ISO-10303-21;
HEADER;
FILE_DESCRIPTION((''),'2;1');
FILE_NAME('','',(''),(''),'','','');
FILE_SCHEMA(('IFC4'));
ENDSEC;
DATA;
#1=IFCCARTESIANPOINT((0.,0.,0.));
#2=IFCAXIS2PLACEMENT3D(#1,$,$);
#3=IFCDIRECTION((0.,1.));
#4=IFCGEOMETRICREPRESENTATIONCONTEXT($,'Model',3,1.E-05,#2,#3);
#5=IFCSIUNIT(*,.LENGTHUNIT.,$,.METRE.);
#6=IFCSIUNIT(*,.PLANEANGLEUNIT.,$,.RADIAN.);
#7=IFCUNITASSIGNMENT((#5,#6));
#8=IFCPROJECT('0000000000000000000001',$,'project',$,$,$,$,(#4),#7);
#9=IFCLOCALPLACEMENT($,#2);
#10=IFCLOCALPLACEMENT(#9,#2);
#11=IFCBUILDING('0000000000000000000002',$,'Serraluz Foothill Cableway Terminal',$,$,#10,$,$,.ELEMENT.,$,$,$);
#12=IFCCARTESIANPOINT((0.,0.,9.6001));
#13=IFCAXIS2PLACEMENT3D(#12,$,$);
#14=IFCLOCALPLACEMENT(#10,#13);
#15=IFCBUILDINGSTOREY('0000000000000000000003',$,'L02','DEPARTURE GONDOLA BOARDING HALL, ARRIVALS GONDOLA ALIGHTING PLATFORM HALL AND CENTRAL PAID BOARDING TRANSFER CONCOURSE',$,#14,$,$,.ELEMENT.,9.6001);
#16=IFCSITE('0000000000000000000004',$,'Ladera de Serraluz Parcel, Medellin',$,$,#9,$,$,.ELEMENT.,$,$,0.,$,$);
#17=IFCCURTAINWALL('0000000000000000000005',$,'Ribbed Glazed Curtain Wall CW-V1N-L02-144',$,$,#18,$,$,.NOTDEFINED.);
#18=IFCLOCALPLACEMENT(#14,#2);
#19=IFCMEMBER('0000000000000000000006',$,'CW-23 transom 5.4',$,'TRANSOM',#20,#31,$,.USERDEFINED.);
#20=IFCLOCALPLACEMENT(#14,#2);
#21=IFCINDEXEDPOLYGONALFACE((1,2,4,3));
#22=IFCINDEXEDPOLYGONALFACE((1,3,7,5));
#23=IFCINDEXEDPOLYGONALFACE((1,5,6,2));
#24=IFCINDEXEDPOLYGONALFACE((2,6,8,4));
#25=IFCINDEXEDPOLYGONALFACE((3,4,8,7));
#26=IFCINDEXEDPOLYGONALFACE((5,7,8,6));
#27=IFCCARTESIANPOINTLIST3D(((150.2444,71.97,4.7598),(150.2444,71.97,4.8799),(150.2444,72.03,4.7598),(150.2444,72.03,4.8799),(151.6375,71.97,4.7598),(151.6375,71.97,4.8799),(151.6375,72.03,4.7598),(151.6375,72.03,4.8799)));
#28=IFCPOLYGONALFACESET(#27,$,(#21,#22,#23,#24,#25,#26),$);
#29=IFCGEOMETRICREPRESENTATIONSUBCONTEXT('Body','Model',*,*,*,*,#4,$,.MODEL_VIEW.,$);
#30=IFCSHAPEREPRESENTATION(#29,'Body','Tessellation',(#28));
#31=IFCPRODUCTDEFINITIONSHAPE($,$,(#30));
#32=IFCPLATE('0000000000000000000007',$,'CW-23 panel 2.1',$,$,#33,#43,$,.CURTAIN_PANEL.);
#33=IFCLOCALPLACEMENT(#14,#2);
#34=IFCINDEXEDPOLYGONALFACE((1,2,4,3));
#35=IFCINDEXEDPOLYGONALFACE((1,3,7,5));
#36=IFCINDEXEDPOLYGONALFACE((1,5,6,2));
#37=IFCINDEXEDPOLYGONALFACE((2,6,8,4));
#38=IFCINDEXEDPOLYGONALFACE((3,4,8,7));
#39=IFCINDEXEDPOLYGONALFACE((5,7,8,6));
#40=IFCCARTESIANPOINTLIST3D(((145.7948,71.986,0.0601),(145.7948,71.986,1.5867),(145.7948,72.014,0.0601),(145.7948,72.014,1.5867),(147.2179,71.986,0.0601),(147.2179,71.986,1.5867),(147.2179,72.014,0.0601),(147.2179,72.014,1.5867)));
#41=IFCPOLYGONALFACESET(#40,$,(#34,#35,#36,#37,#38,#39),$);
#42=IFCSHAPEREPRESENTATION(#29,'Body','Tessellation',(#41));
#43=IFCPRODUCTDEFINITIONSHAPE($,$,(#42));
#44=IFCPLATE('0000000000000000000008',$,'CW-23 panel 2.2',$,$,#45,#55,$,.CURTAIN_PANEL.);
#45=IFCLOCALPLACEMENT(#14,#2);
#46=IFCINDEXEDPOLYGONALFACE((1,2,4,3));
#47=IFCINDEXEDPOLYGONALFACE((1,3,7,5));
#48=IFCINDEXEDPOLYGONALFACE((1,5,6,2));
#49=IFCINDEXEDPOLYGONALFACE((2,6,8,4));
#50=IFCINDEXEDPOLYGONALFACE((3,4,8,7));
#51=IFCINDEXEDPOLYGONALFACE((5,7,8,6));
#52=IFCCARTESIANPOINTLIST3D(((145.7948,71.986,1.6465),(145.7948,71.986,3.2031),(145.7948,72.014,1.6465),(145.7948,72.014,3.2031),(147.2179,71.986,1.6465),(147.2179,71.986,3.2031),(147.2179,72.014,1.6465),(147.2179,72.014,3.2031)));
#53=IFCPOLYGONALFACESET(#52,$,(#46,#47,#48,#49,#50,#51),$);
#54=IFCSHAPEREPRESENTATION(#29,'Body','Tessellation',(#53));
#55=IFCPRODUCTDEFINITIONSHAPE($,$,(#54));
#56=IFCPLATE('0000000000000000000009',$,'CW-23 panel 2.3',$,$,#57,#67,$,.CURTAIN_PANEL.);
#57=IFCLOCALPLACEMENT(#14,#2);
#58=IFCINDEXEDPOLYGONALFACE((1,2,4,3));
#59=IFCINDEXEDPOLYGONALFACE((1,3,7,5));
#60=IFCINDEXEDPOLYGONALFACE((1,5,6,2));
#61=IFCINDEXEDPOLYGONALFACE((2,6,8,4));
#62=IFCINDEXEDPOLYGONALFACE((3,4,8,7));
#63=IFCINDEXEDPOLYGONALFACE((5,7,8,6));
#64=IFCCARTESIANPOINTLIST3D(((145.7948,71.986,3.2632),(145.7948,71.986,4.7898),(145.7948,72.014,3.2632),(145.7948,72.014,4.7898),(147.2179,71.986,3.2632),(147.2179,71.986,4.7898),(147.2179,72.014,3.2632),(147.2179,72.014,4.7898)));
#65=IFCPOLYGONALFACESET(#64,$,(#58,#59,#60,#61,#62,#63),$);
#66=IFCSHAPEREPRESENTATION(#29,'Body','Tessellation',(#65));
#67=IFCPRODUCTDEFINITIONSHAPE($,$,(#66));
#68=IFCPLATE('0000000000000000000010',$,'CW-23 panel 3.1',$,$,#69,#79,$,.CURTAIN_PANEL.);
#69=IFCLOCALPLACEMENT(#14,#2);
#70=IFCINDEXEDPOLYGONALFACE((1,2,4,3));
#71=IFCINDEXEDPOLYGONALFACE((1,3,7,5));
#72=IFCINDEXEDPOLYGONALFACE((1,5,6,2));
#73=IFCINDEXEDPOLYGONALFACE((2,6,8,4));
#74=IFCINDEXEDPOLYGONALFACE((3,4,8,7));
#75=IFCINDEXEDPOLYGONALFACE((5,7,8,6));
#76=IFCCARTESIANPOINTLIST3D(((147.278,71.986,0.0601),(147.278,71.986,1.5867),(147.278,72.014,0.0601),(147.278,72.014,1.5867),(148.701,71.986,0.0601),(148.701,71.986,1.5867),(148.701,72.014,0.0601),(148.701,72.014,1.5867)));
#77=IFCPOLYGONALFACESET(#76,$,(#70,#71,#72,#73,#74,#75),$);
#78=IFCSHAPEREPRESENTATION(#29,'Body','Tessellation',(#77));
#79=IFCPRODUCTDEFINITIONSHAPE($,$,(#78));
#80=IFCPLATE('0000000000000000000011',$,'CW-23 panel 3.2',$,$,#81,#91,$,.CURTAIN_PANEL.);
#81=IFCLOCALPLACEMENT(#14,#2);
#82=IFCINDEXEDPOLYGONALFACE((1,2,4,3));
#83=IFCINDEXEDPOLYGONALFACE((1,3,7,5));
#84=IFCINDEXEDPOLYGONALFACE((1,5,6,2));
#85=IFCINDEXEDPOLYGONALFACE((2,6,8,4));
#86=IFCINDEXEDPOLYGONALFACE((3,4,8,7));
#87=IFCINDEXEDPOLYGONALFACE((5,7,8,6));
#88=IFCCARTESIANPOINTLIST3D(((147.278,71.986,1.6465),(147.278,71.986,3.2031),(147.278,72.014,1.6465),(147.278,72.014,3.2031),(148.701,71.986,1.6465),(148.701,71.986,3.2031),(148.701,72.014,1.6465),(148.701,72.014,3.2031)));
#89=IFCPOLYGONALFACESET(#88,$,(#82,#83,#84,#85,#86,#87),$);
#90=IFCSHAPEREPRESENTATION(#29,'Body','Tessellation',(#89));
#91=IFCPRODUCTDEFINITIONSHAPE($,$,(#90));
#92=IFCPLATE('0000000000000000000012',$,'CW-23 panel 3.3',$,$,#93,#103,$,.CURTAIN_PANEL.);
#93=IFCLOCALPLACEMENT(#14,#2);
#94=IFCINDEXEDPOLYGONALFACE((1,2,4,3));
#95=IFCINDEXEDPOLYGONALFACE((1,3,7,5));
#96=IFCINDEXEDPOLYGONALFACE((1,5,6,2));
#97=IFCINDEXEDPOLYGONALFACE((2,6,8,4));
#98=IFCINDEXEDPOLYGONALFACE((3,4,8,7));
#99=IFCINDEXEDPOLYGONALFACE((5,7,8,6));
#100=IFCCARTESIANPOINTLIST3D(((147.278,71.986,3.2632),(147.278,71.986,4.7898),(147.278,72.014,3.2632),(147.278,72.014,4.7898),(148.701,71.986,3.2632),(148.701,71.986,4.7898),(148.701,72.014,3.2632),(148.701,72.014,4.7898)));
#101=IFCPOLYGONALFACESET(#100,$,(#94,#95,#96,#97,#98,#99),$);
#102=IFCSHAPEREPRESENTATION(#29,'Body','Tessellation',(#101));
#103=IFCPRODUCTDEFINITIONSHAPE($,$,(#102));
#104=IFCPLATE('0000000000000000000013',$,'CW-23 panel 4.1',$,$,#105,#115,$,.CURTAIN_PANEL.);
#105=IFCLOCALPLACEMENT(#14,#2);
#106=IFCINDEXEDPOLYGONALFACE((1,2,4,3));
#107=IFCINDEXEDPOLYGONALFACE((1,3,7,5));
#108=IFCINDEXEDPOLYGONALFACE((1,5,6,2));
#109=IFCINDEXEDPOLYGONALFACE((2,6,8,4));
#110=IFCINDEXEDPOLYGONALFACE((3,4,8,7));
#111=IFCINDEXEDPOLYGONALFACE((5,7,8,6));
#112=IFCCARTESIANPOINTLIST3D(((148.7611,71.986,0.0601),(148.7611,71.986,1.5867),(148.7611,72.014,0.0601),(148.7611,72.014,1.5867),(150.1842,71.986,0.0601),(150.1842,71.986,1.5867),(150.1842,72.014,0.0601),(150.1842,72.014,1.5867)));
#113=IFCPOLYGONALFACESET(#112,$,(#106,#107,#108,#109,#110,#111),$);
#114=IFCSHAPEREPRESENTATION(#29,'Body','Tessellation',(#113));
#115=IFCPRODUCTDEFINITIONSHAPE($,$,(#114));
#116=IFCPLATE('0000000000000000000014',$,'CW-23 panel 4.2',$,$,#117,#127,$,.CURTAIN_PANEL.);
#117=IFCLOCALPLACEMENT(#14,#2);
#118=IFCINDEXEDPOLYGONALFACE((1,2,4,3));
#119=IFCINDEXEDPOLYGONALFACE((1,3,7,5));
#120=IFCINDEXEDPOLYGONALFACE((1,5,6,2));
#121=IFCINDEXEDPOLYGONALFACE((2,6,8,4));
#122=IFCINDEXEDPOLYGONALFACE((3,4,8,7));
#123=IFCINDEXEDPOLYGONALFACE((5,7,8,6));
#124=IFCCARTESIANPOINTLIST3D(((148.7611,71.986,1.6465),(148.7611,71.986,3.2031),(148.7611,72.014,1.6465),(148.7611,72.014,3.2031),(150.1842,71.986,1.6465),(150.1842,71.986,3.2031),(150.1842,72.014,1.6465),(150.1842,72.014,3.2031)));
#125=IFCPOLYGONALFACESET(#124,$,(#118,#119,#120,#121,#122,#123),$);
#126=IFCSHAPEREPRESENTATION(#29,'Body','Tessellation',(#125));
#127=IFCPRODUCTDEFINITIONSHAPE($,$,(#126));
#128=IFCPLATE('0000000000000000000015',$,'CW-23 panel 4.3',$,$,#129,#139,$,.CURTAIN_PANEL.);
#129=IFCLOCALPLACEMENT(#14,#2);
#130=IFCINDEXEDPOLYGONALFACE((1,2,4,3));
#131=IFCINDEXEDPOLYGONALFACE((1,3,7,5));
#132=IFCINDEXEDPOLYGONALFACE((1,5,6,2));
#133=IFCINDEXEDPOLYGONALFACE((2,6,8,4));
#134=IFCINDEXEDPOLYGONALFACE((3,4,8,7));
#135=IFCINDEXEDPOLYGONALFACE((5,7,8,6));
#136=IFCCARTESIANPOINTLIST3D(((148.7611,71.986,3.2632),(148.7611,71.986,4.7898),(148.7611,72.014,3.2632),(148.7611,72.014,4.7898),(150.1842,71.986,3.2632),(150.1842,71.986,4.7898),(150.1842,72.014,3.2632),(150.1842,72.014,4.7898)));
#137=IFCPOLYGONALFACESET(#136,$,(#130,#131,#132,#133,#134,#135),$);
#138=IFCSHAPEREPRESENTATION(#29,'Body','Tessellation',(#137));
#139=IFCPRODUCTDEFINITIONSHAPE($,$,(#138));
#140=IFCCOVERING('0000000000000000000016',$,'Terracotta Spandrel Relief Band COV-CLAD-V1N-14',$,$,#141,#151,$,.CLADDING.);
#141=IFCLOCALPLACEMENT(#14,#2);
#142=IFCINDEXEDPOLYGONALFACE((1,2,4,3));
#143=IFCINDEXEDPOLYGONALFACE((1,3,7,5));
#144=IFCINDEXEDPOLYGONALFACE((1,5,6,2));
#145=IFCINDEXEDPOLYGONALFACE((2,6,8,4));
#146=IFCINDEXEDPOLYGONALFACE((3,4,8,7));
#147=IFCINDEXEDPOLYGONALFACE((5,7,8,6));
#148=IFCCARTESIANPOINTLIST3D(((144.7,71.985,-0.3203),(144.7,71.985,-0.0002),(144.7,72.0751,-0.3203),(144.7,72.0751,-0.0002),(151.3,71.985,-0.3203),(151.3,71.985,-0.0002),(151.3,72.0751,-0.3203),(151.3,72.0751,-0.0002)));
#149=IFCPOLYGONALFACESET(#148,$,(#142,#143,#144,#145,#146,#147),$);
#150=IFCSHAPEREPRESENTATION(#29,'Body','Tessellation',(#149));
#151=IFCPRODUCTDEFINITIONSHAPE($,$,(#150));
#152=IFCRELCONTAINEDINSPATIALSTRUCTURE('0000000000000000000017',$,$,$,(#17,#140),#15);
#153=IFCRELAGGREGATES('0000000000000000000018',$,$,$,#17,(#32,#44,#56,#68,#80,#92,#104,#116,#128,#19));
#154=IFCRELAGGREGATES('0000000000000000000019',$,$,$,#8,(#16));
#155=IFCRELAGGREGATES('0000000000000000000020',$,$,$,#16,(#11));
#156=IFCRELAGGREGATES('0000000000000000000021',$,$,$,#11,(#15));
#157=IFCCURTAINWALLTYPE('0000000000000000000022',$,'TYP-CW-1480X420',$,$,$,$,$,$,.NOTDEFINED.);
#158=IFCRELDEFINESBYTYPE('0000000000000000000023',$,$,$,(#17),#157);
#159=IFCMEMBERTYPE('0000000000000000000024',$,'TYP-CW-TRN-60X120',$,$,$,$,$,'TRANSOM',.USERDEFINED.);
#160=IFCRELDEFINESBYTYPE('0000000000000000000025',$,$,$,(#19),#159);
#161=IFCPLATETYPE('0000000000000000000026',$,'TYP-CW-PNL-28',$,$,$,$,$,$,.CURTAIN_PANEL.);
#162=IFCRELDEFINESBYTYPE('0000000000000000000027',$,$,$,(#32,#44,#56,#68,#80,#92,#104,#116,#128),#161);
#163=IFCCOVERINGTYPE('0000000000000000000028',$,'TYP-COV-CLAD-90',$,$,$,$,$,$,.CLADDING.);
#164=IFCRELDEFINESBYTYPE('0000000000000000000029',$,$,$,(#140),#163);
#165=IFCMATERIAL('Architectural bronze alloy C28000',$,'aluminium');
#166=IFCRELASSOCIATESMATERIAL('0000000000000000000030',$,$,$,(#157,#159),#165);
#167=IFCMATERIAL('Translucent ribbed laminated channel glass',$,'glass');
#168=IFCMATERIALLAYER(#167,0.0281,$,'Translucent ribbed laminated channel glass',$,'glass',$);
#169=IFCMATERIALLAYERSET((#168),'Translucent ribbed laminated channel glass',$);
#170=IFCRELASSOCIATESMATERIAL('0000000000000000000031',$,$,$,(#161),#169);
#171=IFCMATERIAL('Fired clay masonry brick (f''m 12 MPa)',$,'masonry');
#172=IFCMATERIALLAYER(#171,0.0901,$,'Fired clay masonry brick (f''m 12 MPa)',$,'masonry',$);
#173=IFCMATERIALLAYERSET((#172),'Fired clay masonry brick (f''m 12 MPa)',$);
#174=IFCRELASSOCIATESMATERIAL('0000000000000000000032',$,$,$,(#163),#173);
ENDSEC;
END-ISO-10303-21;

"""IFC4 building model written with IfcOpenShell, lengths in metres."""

from ifc_helpers import new_model, si_unit, direction, frame, origin, origin_2d, place, context, subcontext, project, spatial, rectangle, extrude, material, layer, layer_set, material_profile, profile_set, type_object, element, aggregate, save


model = new_model("IFC4")

# Units and contexts
model_context = context("Model", 3, precision=1e-05, world=origin(), true_north=direction((0.0, 1.0)))
body_context = subcontext(model_context, "Body", "Model", "MODEL_VIEW")
ifc_project = project(units=[si_unit("LENGTHUNIT", "METRE"), si_unit("PLANEANGLEUNIT", "RADIAN")], contexts=[model_context])

# Site, building, storey
site_placement = place(None, origin())
site = spatial("IfcSite", under=ifc_project, at=site_placement, Name="Ladera de Serraluz Parcel, Medellin", CompositionType="ELEMENT", RefElevation=0.0)
building_placement = place(site_placement, origin())
building = spatial("IfcBuilding", under=site, at=building_placement, Name="Serraluz Foothill Cableway Terminal", CompositionType="ELEMENT")
storey_placement = place(building_placement, frame((0.0, 0.0, 9.6001)))
storey = spatial("IfcBuildingStorey", under=building, at=storey_placement, Name="L02", Description="DEPARTURE GONDOLA BOARDING HALL, ARRIVALS GONDOLA ALIGHTING PLATFORM HALL AND CENTRAL PAID BOARDING TRANSFER CONCOURSE", CompositionType="ELEMENT", Elevation=9.6001)

# Curtain wall, member, plates
ifc_material_1 = material(Name="Architectural bronze alloy C28000", Category="aluminium")
curtain_wall_type = type_object("IfcCurtainWallType", Name="TYP-CW-1480X420", PredefinedType="NOTDEFINED", material=ifc_material_1)
curtain_wall_placement = place(storey_placement, origin())
curtain_wall = element("IfcCurtainWall", 1, at=curtain_wall_placement, inside=storey, type_object=curtain_wall_type, Name="Ribbed Glazed Curtain Wall CW-V1N-L02-144", PredefinedType="NOTDEFINED")
ifc_material_profile_1 = material_profile(ifc_material_1, rectangle(XDim=0.0601, YDim=0.1201, at=origin_2d()), Name="ALU TRANSOM 60x120")
ifc_profile_set_1 = profile_set([ifc_material_profile_1], Name="Architectural bronze alloy C28000")
member_type_1 = type_object("IfcMemberType", Name="TYP-CW-TRN-60X120", ElementType="TRANSOM", PredefinedType="USERDEFINED", material=ifc_profile_set_1)
member_1_placement = place(storey_placement, frame((150.2444, 72.0, 4.8198), z_axis=(1.0, 0.0, 0.0), x_axis=(0.0, 1.0, 0.0)))
member_1 = element("IfcMember", 2, at=member_1_placement, type_object=member_type_1, Name="CW-23 transom 5.4", ObjectType="TRANSOM", PredefinedType="USERDEFINED", context=body_context, shape_type="SweptSolid", body=[
    extrude(rectangle(XDim=0.0601, YDim=0.1201, at=origin_2d()), origin(), (0.0, 0.0, 1.0), 1.3931),
])
ifc_material_2 = material(Name="Translucent ribbed laminated channel glass", Category="glass")
ifc_layer_1 = layer(ifc_material_2, 0.0281, Name="Translucent ribbed laminated channel glass", Category="glass")
ifc_layer_set_1 = layer_set([ifc_layer_1], Name="Translucent ribbed laminated channel glass")
plate_type = type_object("IfcPlateType", Name="TYP-CW-PNL-28", PredefinedType="CURTAIN_PANEL", material=ifc_layer_set_1)
plate_1_placement = place(storey_placement, frame((146.5063, 72.0, 0.0601), z_axis=(0.0, 0.0, 1.0), x_axis=(1.0, 0.0, 0.0)))
plate_1 = element("IfcPlate", 3, at=plate_1_placement, type_object=plate_type, Name="CW-23 panel 2.1", PredefinedType="CURTAIN_PANEL", context=body_context, shape_type="SweptSolid", body=[
    extrude(rectangle(XDim=1.4231, YDim=0.0281, at=origin_2d()), origin(), (0.0, 0.0, 1.0), 1.5266),
])
plate_2_placement = place(storey_placement, frame((146.5063, 72.0, 1.6465), z_axis=(0.0, 0.0, 1.0), x_axis=(1.0, 0.0, 0.0)))
plate_2 = element("IfcPlate", 4, at=plate_2_placement, type_object=plate_type, Name="CW-23 panel 2.2", PredefinedType="CURTAIN_PANEL", context=body_context, shape_type="SweptSolid", body=[
    extrude(rectangle(XDim=1.4231, YDim=0.0281, at=origin_2d()), origin(), (0.0, 0.0, 1.0), 1.5566),
])
plate_3_placement = place(storey_placement, frame((146.5063, 72.0, 3.2632), z_axis=(0.0, 0.0, 1.0), x_axis=(1.0, 0.0, 0.0)))
plate_3 = element("IfcPlate", 5, at=plate_3_placement, type_object=plate_type, Name="CW-23 panel 2.3", PredefinedType="CURTAIN_PANEL", context=body_context, shape_type="SweptSolid", body=[
    extrude(rectangle(XDim=1.4231, YDim=0.0281, at=origin_2d()), origin(), (0.0, 0.0, 1.0), 1.5266),
])
plate_4_placement = place(storey_placement, frame((147.9895, 72.0, 0.0601), z_axis=(0.0, 0.0, 1.0), x_axis=(1.0, 0.0, 0.0)))
plate_4 = element("IfcPlate", 6, at=plate_4_placement, type_object=plate_type, Name="CW-23 panel 3.1", PredefinedType="CURTAIN_PANEL", context=body_context, shape_type="SweptSolid", body=[
    extrude(rectangle(XDim=1.4231, YDim=0.0281, at=origin_2d()), origin(), (0.0, 0.0, 1.0), 1.5266),
])
plate_5_placement = place(storey_placement, frame((147.9895, 72.0, 1.6465), z_axis=(0.0, 0.0, 1.0), x_axis=(1.0, 0.0, 0.0)))
plate_5 = element("IfcPlate", 7, at=plate_5_placement, type_object=plate_type, Name="CW-23 panel 3.2", PredefinedType="CURTAIN_PANEL", context=body_context, shape_type="SweptSolid", body=[
    extrude(rectangle(XDim=1.4231, YDim=0.0281, at=origin_2d()), origin(), (0.0, 0.0, 1.0), 1.5566),
])
plate_6_placement = place(storey_placement, frame((147.9895, 72.0, 3.2632), z_axis=(0.0, 0.0, 1.0), x_axis=(1.0, 0.0, 0.0)))
plate_6 = element("IfcPlate", 8, at=plate_6_placement, type_object=plate_type, Name="CW-23 panel 3.3", PredefinedType="CURTAIN_PANEL", context=body_context, shape_type="SweptSolid", body=[
    extrude(rectangle(XDim=1.4231, YDim=0.0281, at=origin_2d()), origin(), (0.0, 0.0, 1.0), 1.5266),
])
plate_7_placement = place(storey_placement, frame((149.4727, 72.0, 0.0601), z_axis=(0.0, 0.0, 1.0), x_axis=(1.0, 0.0, 0.0)))
plate_7 = element("IfcPlate", 9, at=plate_7_placement, type_object=plate_type, Name="CW-23 panel 4.1", PredefinedType="CURTAIN_PANEL", context=body_context, shape_type="SweptSolid", body=[
    extrude(rectangle(XDim=1.4231, YDim=0.0281, at=origin_2d()), origin(), (0.0, 0.0, 1.0), 1.5266),
])
plate_8_placement = place(storey_placement, frame((149.4727, 72.0, 1.6465), z_axis=(0.0, 0.0, 1.0), x_axis=(1.0, 0.0, 0.0)))
plate_8 = element("IfcPlate", 10, at=plate_8_placement, type_object=plate_type, Name="CW-23 panel 4.2", PredefinedType="CURTAIN_PANEL", context=body_context, shape_type="SweptSolid", body=[
    extrude(rectangle(XDim=1.4231, YDim=0.0281, at=origin_2d()), origin(), (0.0, 0.0, 1.0), 1.5566),
])
plate_9_placement = place(storey_placement, frame((149.4727, 72.0, 3.2632), z_axis=(0.0, 0.0, 1.0), x_axis=(1.0, 0.0, 0.0)))
plate_9 = element("IfcPlate", 11, at=plate_9_placement, type_object=plate_type, Name="CW-23 panel 4.3", PredefinedType="CURTAIN_PANEL", context=body_context, shape_type="SweptSolid", body=[
    extrude(rectangle(XDim=1.4231, YDim=0.0281, at=origin_2d()), origin(), (0.0, 0.0, 1.0), 1.5266),
])
aggregate(curtain_wall, [plate_1, plate_2, plate_3, plate_4, plate_5, plate_6, plate_7, plate_8, plate_9, member_1])

# Covering
ifc_material_3 = material(Name="Fired clay masonry brick (f'm 12 MPa)", Category="masonry")
ifc_layer_2 = layer(ifc_material_3, 0.0901, Name="Fired clay masonry brick (f'm 12 MPa)", Category="masonry")
ifc_layer_set_2 = layer_set([ifc_layer_2], Name="Fired clay masonry brick (f'm 12 MPa)")
covering_type = type_object("IfcCoveringType", Name="TYP-COV-CLAD-90", PredefinedType="CLADDING", material=ifc_layer_set_2)
covering_placement = place(storey_placement, frame((148.0, 72.03, -0.3203), z_axis=(0.0, 0.0, 1.0), x_axis=(1.0, 0.0, 0.0)))
element("IfcCovering", 12, at=covering_placement, inside=storey, type_object=covering_type, Name="Terracotta Spandrel Relief Band COV-CLAD-V1N-14", PredefinedType="CLADDING", context=body_context, shape_type="SweptSolid", body=[
    extrude(rectangle(XDim=6.6001, YDim=0.0901, at=origin_2d()), origin(), (0.0, 0.0, 1.0), 0.3201),
])

save(model, "model.ifc")
